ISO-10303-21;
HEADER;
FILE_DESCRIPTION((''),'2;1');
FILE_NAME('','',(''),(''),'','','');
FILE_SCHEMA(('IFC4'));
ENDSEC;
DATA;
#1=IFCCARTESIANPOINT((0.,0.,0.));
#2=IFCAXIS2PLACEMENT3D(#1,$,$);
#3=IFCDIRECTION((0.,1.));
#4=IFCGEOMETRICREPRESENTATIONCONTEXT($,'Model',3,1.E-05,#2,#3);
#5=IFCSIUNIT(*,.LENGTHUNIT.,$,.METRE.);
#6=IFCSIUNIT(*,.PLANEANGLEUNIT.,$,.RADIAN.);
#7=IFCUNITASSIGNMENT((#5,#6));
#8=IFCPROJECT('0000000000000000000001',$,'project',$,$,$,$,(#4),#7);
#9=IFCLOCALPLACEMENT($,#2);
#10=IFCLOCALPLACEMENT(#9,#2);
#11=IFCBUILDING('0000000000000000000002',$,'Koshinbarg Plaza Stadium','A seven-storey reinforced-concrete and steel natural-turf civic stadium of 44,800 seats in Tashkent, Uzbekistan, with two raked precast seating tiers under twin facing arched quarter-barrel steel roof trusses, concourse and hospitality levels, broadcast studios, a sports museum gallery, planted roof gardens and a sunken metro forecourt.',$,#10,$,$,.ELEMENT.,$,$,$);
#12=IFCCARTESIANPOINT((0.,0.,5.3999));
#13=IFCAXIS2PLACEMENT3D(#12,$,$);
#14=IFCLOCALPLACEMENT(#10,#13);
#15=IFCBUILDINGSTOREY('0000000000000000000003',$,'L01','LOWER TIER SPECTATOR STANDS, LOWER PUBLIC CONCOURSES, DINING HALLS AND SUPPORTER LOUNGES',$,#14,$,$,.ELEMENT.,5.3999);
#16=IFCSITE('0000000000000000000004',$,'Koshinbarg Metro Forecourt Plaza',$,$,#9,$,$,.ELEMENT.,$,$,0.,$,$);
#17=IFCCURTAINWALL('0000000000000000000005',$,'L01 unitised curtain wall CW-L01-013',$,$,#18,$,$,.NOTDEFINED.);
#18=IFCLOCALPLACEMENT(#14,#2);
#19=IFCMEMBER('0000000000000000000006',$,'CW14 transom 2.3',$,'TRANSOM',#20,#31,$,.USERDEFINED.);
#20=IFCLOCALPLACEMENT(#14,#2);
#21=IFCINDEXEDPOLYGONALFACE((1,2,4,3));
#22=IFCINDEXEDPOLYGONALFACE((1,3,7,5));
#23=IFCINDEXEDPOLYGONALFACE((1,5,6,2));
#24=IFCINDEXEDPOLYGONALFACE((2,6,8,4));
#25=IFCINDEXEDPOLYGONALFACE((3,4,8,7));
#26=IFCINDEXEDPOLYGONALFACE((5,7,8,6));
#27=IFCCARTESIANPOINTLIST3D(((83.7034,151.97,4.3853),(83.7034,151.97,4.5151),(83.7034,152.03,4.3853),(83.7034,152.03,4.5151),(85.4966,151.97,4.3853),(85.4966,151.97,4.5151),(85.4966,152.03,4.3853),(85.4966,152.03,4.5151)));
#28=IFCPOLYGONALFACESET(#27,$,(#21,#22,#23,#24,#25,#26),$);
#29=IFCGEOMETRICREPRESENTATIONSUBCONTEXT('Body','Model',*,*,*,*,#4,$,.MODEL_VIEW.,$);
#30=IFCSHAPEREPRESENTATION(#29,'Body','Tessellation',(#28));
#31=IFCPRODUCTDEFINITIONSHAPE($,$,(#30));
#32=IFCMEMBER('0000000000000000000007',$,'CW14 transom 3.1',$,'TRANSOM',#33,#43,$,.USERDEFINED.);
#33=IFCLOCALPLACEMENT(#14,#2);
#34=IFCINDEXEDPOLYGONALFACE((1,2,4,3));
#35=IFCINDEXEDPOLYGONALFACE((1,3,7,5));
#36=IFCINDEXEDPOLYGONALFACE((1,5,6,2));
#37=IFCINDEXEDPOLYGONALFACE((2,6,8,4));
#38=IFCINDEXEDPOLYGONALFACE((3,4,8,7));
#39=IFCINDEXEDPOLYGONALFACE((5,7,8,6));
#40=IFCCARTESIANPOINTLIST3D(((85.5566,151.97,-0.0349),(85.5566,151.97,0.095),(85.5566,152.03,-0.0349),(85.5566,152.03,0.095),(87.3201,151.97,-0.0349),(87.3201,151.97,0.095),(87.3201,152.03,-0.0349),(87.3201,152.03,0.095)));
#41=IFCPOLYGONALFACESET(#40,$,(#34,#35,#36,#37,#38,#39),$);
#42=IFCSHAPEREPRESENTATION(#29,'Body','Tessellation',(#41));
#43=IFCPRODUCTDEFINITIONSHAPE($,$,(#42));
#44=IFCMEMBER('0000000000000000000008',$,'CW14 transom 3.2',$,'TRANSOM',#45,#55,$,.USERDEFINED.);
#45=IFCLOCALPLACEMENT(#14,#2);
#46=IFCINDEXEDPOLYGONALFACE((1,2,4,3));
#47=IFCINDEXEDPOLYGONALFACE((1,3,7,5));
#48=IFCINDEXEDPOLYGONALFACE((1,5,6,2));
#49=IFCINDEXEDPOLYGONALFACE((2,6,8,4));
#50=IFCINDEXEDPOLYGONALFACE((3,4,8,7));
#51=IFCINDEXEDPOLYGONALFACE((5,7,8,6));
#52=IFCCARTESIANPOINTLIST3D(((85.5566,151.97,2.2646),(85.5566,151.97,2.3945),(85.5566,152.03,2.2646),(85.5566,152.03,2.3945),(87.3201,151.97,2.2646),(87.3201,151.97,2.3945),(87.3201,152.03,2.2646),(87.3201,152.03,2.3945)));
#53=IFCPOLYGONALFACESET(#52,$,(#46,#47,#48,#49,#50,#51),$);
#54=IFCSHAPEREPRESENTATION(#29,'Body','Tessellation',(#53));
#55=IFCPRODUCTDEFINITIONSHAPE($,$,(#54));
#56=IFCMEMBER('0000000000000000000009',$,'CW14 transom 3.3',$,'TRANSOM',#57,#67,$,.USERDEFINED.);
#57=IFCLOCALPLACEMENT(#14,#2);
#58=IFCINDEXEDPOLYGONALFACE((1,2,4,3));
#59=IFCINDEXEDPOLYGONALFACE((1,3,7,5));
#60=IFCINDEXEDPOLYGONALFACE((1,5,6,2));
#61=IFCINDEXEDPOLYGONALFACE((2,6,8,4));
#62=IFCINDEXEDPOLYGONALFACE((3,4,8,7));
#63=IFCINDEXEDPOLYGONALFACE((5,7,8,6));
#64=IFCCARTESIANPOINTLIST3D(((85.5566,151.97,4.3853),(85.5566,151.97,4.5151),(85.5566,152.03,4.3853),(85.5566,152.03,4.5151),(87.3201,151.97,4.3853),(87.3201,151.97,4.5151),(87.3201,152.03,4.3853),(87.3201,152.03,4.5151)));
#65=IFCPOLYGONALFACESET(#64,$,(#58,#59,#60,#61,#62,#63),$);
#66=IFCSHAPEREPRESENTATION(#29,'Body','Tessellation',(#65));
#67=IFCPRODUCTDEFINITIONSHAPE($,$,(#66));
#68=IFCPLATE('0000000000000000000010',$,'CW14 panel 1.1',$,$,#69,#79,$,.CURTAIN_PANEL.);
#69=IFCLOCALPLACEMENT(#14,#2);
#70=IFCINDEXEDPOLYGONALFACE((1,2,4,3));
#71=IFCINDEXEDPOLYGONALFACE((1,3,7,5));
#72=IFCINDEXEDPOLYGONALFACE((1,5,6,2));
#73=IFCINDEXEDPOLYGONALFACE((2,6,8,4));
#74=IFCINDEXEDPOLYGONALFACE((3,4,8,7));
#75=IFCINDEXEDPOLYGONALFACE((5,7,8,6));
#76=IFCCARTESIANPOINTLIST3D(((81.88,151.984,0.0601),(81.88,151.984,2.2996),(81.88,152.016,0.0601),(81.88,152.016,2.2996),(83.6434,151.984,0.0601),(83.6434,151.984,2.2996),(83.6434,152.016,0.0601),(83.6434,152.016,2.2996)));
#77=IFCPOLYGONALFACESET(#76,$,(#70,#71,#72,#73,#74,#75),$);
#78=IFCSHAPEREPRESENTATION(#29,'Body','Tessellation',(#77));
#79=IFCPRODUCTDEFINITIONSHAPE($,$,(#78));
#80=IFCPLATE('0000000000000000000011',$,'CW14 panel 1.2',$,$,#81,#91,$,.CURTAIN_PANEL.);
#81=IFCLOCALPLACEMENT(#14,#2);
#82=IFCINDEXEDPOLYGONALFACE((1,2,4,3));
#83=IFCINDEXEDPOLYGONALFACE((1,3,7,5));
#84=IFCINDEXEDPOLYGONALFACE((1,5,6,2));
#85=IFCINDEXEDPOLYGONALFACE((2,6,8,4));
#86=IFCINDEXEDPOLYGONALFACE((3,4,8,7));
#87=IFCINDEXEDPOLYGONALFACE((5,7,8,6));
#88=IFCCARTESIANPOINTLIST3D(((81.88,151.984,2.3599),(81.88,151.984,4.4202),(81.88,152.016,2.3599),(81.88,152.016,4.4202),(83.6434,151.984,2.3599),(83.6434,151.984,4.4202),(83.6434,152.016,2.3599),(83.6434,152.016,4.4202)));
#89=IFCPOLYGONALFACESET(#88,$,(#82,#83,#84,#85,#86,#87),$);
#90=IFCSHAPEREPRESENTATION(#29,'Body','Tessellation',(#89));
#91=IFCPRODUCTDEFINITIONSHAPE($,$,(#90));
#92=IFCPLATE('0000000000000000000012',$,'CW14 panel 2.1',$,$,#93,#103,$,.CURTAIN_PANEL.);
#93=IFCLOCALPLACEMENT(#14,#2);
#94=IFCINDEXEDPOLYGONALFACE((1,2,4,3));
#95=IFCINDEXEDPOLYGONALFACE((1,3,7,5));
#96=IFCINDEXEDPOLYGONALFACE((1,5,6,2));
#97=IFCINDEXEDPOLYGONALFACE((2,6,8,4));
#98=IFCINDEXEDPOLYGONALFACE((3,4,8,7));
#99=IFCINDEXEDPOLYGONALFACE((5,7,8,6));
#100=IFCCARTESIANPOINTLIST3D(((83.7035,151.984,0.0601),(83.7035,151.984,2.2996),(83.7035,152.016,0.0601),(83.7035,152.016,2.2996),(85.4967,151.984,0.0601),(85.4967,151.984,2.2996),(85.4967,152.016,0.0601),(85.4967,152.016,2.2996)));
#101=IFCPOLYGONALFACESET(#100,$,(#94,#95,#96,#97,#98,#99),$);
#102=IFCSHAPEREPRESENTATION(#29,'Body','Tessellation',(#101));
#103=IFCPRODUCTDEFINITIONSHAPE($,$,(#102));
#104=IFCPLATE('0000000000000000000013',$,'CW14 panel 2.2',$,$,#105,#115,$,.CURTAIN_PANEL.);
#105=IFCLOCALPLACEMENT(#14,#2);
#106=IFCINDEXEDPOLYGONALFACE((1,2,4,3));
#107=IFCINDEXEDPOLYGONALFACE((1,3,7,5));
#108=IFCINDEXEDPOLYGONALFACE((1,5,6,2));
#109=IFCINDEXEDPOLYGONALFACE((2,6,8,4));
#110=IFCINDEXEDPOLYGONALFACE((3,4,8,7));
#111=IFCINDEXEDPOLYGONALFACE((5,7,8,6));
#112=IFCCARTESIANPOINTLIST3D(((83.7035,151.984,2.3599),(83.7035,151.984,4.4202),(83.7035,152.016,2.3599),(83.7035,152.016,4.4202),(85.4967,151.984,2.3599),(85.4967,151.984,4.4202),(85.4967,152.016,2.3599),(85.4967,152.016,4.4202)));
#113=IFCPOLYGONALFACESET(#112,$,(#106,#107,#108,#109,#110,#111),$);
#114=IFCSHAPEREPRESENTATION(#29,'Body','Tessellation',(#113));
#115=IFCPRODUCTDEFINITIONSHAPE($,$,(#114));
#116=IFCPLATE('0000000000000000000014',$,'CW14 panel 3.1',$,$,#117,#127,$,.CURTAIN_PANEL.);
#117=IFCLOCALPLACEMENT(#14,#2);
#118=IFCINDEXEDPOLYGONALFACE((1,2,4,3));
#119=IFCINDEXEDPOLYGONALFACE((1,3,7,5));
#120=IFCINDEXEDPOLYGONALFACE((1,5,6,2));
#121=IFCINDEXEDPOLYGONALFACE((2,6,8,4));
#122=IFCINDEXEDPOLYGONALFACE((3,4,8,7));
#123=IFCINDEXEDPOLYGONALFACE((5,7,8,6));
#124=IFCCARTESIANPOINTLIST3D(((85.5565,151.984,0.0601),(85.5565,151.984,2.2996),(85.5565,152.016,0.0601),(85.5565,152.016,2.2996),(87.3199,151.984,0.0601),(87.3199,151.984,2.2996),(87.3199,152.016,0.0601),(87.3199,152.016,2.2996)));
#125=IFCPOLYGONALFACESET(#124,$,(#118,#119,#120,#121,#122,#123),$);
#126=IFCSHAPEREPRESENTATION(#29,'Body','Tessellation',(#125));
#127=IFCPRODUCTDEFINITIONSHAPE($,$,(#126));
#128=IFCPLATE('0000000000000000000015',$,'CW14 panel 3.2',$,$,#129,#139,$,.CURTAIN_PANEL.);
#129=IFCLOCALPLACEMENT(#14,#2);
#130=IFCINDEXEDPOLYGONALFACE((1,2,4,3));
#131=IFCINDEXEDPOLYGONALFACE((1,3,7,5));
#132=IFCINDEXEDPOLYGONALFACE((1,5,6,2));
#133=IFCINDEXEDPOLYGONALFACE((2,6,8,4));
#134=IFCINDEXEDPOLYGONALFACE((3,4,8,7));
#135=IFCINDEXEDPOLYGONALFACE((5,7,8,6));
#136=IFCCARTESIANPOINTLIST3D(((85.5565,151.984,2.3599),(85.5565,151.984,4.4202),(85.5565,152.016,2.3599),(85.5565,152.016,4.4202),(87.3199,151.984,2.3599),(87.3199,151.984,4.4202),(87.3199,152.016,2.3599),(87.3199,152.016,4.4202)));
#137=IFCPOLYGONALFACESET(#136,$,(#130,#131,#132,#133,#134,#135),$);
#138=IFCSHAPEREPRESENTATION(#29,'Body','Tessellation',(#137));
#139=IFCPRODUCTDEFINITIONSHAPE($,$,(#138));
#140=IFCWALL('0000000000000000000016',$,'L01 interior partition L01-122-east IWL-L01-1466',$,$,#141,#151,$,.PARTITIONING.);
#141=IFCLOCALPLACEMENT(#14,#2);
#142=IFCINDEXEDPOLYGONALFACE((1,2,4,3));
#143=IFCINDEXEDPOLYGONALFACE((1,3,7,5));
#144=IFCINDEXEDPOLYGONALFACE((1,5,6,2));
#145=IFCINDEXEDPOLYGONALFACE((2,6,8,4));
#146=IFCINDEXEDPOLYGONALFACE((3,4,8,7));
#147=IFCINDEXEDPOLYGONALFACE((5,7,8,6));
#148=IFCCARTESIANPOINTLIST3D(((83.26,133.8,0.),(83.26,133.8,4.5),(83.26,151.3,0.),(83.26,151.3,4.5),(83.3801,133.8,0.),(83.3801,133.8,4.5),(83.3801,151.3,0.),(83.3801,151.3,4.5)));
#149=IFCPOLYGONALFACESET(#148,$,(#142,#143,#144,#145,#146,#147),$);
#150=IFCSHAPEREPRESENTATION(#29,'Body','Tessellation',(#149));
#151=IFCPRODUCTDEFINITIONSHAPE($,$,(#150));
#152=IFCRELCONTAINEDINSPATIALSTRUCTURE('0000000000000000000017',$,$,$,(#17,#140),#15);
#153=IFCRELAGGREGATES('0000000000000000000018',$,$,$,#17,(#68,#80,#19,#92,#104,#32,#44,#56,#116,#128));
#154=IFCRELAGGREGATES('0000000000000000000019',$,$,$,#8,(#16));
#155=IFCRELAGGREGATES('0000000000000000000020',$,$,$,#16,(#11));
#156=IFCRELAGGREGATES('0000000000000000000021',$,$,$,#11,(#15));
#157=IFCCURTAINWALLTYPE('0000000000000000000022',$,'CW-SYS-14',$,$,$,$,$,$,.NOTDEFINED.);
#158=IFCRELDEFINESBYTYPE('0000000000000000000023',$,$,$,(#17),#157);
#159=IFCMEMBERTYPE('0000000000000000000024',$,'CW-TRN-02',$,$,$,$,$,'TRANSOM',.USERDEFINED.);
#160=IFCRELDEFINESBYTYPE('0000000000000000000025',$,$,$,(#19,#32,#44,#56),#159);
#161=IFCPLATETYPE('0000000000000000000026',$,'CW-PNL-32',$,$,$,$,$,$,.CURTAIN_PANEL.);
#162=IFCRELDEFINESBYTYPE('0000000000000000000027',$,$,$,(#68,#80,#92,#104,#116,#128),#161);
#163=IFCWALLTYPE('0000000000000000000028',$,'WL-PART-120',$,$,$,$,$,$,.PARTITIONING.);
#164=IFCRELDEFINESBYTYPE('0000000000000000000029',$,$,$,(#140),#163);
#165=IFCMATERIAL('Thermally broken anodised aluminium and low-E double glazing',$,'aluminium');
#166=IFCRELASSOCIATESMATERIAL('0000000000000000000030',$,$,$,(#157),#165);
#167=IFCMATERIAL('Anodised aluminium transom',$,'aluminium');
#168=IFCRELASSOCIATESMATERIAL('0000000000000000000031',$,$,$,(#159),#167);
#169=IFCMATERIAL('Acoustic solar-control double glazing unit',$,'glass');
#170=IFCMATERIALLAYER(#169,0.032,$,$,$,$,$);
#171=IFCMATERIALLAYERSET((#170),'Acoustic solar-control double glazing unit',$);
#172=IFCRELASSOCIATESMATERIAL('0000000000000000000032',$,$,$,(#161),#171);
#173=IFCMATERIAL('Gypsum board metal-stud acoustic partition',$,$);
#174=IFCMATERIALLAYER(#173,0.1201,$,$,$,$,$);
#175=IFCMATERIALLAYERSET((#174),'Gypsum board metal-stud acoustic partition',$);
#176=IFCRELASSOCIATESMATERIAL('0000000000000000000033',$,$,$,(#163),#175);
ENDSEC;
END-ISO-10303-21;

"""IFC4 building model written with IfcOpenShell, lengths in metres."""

from ifc_helpers import new_model, si_unit, direction, frame, frame_2d, origin, origin_2d, place, context, subcontext, project, spatial, rectangle, extrude, material, layer, layer_set, material_profile, profile_set, type_object, element, aggregate, save


model = new_model("IFC4")

# Units and contexts
model_context = context("Model", 3, precision=1e-05, world=origin(), true_north=direction((0.0, 1.0)))
body_context = subcontext(model_context, "Body", "Model", "MODEL_VIEW")
ifc_project = project(units=[si_unit("LENGTHUNIT", "METRE"), si_unit("PLANEANGLEUNIT", "RADIAN")], contexts=[model_context])

# Site, building, storey
site_placement = place(None, origin())
site = spatial("IfcSite", under=ifc_project, at=site_placement, Name="Koshinbarg Metro Forecourt Plaza", CompositionType="ELEMENT", RefElevation=0.0)
building_placement = place(site_placement, origin())
building = spatial("IfcBuilding", under=site, at=building_placement, Name="Koshinbarg Plaza Stadium", Description="A seven-storey reinforced-concrete and steel natural-turf civic stadium of 44,800 seats in Tashkent, Uzbekistan, with two raked precast seating tiers under twin facing arched quarter-barrel steel roof trusses, concourse and hospitality levels, broadcast studios, a sports museum gallery, planted roof gardens and a sunken metro forecourt.", CompositionType="ELEMENT")
storey_placement = place(building_placement, frame((0.0, 0.0, 5.3999)))
storey = spatial("IfcBuildingStorey", under=building, at=storey_placement, Name="L01", Description="LOWER TIER SPECTATOR STANDS, LOWER PUBLIC CONCOURSES, DINING HALLS AND SUPPORTER LOUNGES", CompositionType="ELEMENT", Elevation=5.3999)

# Curtain wall, members, plates
ifc_material_1 = material(Name="Thermally broken anodised aluminium and low-E double glazing", Category="aluminium")
curtain_wall_type = type_object("IfcCurtainWallType", Name="CW-SYS-14", PredefinedType="NOTDEFINED", material=ifc_material_1)
curtain_wall_placement = place(storey_placement, origin())
curtain_wall = element("IfcCurtainWall", 1, at=curtain_wall_placement, inside=storey, type_object=curtain_wall_type, Name="L01 unitised curtain wall CW-L01-013", PredefinedType="NOTDEFINED")
ifc_material_2 = material(Name="Anodised aluminium transom", Category="aluminium")
ifc_material_profile_1 = material_profile(ifc_material_2, rectangle(XDim=0.0601, YDim=0.1299, at=origin_2d()), Name="ALU 60x130")
ifc_profile_set_1 = profile_set([ifc_material_profile_1], Name="Anodised aluminium transom")
member_type_1 = type_object("IfcMemberType", Name="CW-TRN-02", ElementType="TRANSOM", PredefinedType="USERDEFINED", material=ifc_profile_set_1)
member_1_placement = place(storey_placement, frame((83.7034, 152.0, 4.4502), z_axis=(1.0, 0.0, 0.0), x_axis=(0.0, 1.0, 0.0)))
member_1 = element("IfcMember", 2, at=member_1_placement, type_object=member_type_1, Name="CW14 transom 2.3", ObjectType="TRANSOM", PredefinedType="USERDEFINED", context=body_context, shape_type="SweptSolid", body=[
    extrude(rectangle(XDim=0.0601, YDim=0.1299, at=origin_2d()), origin(), (0.0, 0.0, 1.0), 1.7932),
])
member_2_placement = place(storey_placement, frame((85.5566, 152.0, 0.03), z_axis=(1.0, 0.0, 0.0), x_axis=(0.0, 1.0, 0.0)))
member_2 = element("IfcMember", 3, at=member_2_placement, type_object=member_type_1, Name="CW14 transom 3.1", ObjectType="TRANSOM", PredefinedType="USERDEFINED", context=body_context, shape_type="SweptSolid", body=[
    extrude(rectangle(XDim=0.0601, YDim=0.1299, at=origin_2d()), origin(), (0.0, 0.0, 1.0), 1.7634),
])
member_3_placement = place(storey_placement, frame((85.5566, 152.0, 2.3296), z_axis=(1.0, 0.0, 0.0), x_axis=(0.0, 1.0, 0.0)))
member_3 = element("IfcMember", 4, at=member_3_placement, type_object=member_type_1, Name="CW14 transom 3.2", ObjectType="TRANSOM", PredefinedType="USERDEFINED", context=body_context, shape_type="SweptSolid", body=[
    extrude(rectangle(XDim=0.0601, YDim=0.1299, at=origin_2d()), origin(), (0.0, 0.0, 1.0), 1.7634),
])
member_4_placement = place(storey_placement, frame((85.5566, 152.0, 4.4502), z_axis=(1.0, 0.0, 0.0), x_axis=(0.0, 1.0, 0.0)))
member_4 = element("IfcMember", 5, at=member_4_placement, type_object=member_type_1, Name="CW14 transom 3.3", ObjectType="TRANSOM", PredefinedType="USERDEFINED", context=body_context, shape_type="SweptSolid", body=[
    extrude(rectangle(XDim=0.0601, YDim=0.1299, at=origin_2d()), origin(), (0.0, 0.0, 1.0), 1.7634),
])
ifc_material_3 = material(Name="Acoustic solar-control double glazing unit", Category="glass")
ifc_layer_1 = layer(ifc_material_3, 0.032)
ifc_layer_set_1 = layer_set([ifc_layer_1], Name="Acoustic solar-control double glazing unit")
plate_type = type_object("IfcPlateType", Name="CW-PNL-32", PredefinedType="CURTAIN_PANEL", material=ifc_layer_set_1)
plate_1_placement = place(storey_placement, frame((82.7617, 152.0, 0.0601), z_axis=(0.0, 0.0, 1.0), x_axis=(1.0, 0.0, 0.0)))
plate_1 = element("IfcPlate", 6, at=plate_1_placement, type_object=plate_type, Name="CW14 panel 1.1", PredefinedType="CURTAIN_PANEL", context=body_context, shape_type="SweptSolid", body=[
    extrude(rectangle(XDim=1.7634, YDim=0.032, at=origin_2d()), origin(), (0.0, 0.0, 1.0), 2.2395),
])
plate_2_placement = place(storey_placement, frame((82.7617, 152.0, 2.3599), z_axis=(0.0, 0.0, 1.0), x_axis=(1.0, 0.0, 0.0)))
plate_2 = element("IfcPlate", 7, at=plate_2_placement, type_object=plate_type, Name="CW14 panel 1.2", PredefinedType="CURTAIN_PANEL", context=body_context, shape_type="SweptSolid", body=[
    extrude(rectangle(XDim=1.7634, YDim=0.032, at=origin_2d()), origin(), (0.0, 0.0, 1.0), 2.0603),
])
plate_3_placement = place(storey_placement, frame((84.6001, 152.0, 0.0601), z_axis=(0.0, 0.0, 1.0), x_axis=(1.0, 0.0, 0.0)))
plate_3 = element("IfcPlate", 8, at=plate_3_placement, type_object=plate_type, Name="CW14 panel 2.1", PredefinedType="CURTAIN_PANEL", context=body_context, shape_type="SweptSolid", body=[
    extrude(rectangle(XDim=1.7932, YDim=0.032, at=origin_2d()), origin(), (0.0, 0.0, 1.0), 2.2395),
])
plate_4_placement = place(storey_placement, frame((84.6001, 152.0, 2.3599), z_axis=(0.0, 0.0, 1.0), x_axis=(1.0, 0.0, 0.0)))
plate_4 = element("IfcPlate", 9, at=plate_4_placement, type_object=plate_type, Name="CW14 panel 2.2", PredefinedType="CURTAIN_PANEL", context=body_context, shape_type="SweptSolid", body=[
    extrude(rectangle(XDim=1.7932, YDim=0.032, at=origin_2d()), origin(), (0.0, 0.0, 1.0), 2.0603),
])
plate_5_placement = place(storey_placement, frame((86.4382, 152.0, 0.0601), z_axis=(0.0, 0.0, 1.0), x_axis=(1.0, 0.0, 0.0)))
plate_5 = element("IfcPlate", 10, at=plate_5_placement, type_object=plate_type, Name="CW14 panel 3.1", PredefinedType="CURTAIN_PANEL", context=body_context, shape_type="SweptSolid", body=[
    extrude(rectangle(XDim=1.7634, YDim=0.032, at=origin_2d()), origin(), (0.0, 0.0, 1.0), 2.2395),
])
plate_6_placement = place(storey_placement, frame((86.4382, 152.0, 2.3599), z_axis=(0.0, 0.0, 1.0), x_axis=(1.0, 0.0, 0.0)))
plate_6 = element("IfcPlate", 11, at=plate_6_placement, type_object=plate_type, Name="CW14 panel 3.2", PredefinedType="CURTAIN_PANEL", context=body_context, shape_type="SweptSolid", body=[
    extrude(rectangle(XDim=1.7634, YDim=0.032, at=origin_2d()), origin(), (0.0, 0.0, 1.0), 2.0603),
])
aggregate(curtain_wall, [plate_1, plate_2, member_1, plate_3, plate_4, member_2, member_3, member_4, plate_5, plate_6])

# Wall
ifc_material_4 = material(Name="Gypsum board metal-stud acoustic partition")
ifc_layer_2 = layer(ifc_material_4, 0.1201)
ifc_layer_set_2 = layer_set([ifc_layer_2], Name="Gypsum board metal-stud acoustic partition")
wall_type = type_object("IfcWallType", Name="WL-PART-120", PredefinedType="PARTITIONING", material=ifc_layer_set_2)
wall_placement = place(storey_placement, frame((83.3201, 133.8, 0.0), z_axis=(0.0, 0.0, 1.0), x_axis=(0.0, 1.0, 0.0)))
element("IfcWall", 12, at=wall_placement, inside=storey, type_object=wall_type, Name="L01 interior partition L01-122-east IWL-L01-1466", PredefinedType="PARTITIONING", context=body_context, shape_type="SweptSolid", body=[
    extrude(rectangle(XDim=17.5, YDim=0.1201, at=frame_2d((8.75, 0.0))), origin(), (0.0, 0.0, 1.0), 4.5),
])

save(model, "model.ifc")
